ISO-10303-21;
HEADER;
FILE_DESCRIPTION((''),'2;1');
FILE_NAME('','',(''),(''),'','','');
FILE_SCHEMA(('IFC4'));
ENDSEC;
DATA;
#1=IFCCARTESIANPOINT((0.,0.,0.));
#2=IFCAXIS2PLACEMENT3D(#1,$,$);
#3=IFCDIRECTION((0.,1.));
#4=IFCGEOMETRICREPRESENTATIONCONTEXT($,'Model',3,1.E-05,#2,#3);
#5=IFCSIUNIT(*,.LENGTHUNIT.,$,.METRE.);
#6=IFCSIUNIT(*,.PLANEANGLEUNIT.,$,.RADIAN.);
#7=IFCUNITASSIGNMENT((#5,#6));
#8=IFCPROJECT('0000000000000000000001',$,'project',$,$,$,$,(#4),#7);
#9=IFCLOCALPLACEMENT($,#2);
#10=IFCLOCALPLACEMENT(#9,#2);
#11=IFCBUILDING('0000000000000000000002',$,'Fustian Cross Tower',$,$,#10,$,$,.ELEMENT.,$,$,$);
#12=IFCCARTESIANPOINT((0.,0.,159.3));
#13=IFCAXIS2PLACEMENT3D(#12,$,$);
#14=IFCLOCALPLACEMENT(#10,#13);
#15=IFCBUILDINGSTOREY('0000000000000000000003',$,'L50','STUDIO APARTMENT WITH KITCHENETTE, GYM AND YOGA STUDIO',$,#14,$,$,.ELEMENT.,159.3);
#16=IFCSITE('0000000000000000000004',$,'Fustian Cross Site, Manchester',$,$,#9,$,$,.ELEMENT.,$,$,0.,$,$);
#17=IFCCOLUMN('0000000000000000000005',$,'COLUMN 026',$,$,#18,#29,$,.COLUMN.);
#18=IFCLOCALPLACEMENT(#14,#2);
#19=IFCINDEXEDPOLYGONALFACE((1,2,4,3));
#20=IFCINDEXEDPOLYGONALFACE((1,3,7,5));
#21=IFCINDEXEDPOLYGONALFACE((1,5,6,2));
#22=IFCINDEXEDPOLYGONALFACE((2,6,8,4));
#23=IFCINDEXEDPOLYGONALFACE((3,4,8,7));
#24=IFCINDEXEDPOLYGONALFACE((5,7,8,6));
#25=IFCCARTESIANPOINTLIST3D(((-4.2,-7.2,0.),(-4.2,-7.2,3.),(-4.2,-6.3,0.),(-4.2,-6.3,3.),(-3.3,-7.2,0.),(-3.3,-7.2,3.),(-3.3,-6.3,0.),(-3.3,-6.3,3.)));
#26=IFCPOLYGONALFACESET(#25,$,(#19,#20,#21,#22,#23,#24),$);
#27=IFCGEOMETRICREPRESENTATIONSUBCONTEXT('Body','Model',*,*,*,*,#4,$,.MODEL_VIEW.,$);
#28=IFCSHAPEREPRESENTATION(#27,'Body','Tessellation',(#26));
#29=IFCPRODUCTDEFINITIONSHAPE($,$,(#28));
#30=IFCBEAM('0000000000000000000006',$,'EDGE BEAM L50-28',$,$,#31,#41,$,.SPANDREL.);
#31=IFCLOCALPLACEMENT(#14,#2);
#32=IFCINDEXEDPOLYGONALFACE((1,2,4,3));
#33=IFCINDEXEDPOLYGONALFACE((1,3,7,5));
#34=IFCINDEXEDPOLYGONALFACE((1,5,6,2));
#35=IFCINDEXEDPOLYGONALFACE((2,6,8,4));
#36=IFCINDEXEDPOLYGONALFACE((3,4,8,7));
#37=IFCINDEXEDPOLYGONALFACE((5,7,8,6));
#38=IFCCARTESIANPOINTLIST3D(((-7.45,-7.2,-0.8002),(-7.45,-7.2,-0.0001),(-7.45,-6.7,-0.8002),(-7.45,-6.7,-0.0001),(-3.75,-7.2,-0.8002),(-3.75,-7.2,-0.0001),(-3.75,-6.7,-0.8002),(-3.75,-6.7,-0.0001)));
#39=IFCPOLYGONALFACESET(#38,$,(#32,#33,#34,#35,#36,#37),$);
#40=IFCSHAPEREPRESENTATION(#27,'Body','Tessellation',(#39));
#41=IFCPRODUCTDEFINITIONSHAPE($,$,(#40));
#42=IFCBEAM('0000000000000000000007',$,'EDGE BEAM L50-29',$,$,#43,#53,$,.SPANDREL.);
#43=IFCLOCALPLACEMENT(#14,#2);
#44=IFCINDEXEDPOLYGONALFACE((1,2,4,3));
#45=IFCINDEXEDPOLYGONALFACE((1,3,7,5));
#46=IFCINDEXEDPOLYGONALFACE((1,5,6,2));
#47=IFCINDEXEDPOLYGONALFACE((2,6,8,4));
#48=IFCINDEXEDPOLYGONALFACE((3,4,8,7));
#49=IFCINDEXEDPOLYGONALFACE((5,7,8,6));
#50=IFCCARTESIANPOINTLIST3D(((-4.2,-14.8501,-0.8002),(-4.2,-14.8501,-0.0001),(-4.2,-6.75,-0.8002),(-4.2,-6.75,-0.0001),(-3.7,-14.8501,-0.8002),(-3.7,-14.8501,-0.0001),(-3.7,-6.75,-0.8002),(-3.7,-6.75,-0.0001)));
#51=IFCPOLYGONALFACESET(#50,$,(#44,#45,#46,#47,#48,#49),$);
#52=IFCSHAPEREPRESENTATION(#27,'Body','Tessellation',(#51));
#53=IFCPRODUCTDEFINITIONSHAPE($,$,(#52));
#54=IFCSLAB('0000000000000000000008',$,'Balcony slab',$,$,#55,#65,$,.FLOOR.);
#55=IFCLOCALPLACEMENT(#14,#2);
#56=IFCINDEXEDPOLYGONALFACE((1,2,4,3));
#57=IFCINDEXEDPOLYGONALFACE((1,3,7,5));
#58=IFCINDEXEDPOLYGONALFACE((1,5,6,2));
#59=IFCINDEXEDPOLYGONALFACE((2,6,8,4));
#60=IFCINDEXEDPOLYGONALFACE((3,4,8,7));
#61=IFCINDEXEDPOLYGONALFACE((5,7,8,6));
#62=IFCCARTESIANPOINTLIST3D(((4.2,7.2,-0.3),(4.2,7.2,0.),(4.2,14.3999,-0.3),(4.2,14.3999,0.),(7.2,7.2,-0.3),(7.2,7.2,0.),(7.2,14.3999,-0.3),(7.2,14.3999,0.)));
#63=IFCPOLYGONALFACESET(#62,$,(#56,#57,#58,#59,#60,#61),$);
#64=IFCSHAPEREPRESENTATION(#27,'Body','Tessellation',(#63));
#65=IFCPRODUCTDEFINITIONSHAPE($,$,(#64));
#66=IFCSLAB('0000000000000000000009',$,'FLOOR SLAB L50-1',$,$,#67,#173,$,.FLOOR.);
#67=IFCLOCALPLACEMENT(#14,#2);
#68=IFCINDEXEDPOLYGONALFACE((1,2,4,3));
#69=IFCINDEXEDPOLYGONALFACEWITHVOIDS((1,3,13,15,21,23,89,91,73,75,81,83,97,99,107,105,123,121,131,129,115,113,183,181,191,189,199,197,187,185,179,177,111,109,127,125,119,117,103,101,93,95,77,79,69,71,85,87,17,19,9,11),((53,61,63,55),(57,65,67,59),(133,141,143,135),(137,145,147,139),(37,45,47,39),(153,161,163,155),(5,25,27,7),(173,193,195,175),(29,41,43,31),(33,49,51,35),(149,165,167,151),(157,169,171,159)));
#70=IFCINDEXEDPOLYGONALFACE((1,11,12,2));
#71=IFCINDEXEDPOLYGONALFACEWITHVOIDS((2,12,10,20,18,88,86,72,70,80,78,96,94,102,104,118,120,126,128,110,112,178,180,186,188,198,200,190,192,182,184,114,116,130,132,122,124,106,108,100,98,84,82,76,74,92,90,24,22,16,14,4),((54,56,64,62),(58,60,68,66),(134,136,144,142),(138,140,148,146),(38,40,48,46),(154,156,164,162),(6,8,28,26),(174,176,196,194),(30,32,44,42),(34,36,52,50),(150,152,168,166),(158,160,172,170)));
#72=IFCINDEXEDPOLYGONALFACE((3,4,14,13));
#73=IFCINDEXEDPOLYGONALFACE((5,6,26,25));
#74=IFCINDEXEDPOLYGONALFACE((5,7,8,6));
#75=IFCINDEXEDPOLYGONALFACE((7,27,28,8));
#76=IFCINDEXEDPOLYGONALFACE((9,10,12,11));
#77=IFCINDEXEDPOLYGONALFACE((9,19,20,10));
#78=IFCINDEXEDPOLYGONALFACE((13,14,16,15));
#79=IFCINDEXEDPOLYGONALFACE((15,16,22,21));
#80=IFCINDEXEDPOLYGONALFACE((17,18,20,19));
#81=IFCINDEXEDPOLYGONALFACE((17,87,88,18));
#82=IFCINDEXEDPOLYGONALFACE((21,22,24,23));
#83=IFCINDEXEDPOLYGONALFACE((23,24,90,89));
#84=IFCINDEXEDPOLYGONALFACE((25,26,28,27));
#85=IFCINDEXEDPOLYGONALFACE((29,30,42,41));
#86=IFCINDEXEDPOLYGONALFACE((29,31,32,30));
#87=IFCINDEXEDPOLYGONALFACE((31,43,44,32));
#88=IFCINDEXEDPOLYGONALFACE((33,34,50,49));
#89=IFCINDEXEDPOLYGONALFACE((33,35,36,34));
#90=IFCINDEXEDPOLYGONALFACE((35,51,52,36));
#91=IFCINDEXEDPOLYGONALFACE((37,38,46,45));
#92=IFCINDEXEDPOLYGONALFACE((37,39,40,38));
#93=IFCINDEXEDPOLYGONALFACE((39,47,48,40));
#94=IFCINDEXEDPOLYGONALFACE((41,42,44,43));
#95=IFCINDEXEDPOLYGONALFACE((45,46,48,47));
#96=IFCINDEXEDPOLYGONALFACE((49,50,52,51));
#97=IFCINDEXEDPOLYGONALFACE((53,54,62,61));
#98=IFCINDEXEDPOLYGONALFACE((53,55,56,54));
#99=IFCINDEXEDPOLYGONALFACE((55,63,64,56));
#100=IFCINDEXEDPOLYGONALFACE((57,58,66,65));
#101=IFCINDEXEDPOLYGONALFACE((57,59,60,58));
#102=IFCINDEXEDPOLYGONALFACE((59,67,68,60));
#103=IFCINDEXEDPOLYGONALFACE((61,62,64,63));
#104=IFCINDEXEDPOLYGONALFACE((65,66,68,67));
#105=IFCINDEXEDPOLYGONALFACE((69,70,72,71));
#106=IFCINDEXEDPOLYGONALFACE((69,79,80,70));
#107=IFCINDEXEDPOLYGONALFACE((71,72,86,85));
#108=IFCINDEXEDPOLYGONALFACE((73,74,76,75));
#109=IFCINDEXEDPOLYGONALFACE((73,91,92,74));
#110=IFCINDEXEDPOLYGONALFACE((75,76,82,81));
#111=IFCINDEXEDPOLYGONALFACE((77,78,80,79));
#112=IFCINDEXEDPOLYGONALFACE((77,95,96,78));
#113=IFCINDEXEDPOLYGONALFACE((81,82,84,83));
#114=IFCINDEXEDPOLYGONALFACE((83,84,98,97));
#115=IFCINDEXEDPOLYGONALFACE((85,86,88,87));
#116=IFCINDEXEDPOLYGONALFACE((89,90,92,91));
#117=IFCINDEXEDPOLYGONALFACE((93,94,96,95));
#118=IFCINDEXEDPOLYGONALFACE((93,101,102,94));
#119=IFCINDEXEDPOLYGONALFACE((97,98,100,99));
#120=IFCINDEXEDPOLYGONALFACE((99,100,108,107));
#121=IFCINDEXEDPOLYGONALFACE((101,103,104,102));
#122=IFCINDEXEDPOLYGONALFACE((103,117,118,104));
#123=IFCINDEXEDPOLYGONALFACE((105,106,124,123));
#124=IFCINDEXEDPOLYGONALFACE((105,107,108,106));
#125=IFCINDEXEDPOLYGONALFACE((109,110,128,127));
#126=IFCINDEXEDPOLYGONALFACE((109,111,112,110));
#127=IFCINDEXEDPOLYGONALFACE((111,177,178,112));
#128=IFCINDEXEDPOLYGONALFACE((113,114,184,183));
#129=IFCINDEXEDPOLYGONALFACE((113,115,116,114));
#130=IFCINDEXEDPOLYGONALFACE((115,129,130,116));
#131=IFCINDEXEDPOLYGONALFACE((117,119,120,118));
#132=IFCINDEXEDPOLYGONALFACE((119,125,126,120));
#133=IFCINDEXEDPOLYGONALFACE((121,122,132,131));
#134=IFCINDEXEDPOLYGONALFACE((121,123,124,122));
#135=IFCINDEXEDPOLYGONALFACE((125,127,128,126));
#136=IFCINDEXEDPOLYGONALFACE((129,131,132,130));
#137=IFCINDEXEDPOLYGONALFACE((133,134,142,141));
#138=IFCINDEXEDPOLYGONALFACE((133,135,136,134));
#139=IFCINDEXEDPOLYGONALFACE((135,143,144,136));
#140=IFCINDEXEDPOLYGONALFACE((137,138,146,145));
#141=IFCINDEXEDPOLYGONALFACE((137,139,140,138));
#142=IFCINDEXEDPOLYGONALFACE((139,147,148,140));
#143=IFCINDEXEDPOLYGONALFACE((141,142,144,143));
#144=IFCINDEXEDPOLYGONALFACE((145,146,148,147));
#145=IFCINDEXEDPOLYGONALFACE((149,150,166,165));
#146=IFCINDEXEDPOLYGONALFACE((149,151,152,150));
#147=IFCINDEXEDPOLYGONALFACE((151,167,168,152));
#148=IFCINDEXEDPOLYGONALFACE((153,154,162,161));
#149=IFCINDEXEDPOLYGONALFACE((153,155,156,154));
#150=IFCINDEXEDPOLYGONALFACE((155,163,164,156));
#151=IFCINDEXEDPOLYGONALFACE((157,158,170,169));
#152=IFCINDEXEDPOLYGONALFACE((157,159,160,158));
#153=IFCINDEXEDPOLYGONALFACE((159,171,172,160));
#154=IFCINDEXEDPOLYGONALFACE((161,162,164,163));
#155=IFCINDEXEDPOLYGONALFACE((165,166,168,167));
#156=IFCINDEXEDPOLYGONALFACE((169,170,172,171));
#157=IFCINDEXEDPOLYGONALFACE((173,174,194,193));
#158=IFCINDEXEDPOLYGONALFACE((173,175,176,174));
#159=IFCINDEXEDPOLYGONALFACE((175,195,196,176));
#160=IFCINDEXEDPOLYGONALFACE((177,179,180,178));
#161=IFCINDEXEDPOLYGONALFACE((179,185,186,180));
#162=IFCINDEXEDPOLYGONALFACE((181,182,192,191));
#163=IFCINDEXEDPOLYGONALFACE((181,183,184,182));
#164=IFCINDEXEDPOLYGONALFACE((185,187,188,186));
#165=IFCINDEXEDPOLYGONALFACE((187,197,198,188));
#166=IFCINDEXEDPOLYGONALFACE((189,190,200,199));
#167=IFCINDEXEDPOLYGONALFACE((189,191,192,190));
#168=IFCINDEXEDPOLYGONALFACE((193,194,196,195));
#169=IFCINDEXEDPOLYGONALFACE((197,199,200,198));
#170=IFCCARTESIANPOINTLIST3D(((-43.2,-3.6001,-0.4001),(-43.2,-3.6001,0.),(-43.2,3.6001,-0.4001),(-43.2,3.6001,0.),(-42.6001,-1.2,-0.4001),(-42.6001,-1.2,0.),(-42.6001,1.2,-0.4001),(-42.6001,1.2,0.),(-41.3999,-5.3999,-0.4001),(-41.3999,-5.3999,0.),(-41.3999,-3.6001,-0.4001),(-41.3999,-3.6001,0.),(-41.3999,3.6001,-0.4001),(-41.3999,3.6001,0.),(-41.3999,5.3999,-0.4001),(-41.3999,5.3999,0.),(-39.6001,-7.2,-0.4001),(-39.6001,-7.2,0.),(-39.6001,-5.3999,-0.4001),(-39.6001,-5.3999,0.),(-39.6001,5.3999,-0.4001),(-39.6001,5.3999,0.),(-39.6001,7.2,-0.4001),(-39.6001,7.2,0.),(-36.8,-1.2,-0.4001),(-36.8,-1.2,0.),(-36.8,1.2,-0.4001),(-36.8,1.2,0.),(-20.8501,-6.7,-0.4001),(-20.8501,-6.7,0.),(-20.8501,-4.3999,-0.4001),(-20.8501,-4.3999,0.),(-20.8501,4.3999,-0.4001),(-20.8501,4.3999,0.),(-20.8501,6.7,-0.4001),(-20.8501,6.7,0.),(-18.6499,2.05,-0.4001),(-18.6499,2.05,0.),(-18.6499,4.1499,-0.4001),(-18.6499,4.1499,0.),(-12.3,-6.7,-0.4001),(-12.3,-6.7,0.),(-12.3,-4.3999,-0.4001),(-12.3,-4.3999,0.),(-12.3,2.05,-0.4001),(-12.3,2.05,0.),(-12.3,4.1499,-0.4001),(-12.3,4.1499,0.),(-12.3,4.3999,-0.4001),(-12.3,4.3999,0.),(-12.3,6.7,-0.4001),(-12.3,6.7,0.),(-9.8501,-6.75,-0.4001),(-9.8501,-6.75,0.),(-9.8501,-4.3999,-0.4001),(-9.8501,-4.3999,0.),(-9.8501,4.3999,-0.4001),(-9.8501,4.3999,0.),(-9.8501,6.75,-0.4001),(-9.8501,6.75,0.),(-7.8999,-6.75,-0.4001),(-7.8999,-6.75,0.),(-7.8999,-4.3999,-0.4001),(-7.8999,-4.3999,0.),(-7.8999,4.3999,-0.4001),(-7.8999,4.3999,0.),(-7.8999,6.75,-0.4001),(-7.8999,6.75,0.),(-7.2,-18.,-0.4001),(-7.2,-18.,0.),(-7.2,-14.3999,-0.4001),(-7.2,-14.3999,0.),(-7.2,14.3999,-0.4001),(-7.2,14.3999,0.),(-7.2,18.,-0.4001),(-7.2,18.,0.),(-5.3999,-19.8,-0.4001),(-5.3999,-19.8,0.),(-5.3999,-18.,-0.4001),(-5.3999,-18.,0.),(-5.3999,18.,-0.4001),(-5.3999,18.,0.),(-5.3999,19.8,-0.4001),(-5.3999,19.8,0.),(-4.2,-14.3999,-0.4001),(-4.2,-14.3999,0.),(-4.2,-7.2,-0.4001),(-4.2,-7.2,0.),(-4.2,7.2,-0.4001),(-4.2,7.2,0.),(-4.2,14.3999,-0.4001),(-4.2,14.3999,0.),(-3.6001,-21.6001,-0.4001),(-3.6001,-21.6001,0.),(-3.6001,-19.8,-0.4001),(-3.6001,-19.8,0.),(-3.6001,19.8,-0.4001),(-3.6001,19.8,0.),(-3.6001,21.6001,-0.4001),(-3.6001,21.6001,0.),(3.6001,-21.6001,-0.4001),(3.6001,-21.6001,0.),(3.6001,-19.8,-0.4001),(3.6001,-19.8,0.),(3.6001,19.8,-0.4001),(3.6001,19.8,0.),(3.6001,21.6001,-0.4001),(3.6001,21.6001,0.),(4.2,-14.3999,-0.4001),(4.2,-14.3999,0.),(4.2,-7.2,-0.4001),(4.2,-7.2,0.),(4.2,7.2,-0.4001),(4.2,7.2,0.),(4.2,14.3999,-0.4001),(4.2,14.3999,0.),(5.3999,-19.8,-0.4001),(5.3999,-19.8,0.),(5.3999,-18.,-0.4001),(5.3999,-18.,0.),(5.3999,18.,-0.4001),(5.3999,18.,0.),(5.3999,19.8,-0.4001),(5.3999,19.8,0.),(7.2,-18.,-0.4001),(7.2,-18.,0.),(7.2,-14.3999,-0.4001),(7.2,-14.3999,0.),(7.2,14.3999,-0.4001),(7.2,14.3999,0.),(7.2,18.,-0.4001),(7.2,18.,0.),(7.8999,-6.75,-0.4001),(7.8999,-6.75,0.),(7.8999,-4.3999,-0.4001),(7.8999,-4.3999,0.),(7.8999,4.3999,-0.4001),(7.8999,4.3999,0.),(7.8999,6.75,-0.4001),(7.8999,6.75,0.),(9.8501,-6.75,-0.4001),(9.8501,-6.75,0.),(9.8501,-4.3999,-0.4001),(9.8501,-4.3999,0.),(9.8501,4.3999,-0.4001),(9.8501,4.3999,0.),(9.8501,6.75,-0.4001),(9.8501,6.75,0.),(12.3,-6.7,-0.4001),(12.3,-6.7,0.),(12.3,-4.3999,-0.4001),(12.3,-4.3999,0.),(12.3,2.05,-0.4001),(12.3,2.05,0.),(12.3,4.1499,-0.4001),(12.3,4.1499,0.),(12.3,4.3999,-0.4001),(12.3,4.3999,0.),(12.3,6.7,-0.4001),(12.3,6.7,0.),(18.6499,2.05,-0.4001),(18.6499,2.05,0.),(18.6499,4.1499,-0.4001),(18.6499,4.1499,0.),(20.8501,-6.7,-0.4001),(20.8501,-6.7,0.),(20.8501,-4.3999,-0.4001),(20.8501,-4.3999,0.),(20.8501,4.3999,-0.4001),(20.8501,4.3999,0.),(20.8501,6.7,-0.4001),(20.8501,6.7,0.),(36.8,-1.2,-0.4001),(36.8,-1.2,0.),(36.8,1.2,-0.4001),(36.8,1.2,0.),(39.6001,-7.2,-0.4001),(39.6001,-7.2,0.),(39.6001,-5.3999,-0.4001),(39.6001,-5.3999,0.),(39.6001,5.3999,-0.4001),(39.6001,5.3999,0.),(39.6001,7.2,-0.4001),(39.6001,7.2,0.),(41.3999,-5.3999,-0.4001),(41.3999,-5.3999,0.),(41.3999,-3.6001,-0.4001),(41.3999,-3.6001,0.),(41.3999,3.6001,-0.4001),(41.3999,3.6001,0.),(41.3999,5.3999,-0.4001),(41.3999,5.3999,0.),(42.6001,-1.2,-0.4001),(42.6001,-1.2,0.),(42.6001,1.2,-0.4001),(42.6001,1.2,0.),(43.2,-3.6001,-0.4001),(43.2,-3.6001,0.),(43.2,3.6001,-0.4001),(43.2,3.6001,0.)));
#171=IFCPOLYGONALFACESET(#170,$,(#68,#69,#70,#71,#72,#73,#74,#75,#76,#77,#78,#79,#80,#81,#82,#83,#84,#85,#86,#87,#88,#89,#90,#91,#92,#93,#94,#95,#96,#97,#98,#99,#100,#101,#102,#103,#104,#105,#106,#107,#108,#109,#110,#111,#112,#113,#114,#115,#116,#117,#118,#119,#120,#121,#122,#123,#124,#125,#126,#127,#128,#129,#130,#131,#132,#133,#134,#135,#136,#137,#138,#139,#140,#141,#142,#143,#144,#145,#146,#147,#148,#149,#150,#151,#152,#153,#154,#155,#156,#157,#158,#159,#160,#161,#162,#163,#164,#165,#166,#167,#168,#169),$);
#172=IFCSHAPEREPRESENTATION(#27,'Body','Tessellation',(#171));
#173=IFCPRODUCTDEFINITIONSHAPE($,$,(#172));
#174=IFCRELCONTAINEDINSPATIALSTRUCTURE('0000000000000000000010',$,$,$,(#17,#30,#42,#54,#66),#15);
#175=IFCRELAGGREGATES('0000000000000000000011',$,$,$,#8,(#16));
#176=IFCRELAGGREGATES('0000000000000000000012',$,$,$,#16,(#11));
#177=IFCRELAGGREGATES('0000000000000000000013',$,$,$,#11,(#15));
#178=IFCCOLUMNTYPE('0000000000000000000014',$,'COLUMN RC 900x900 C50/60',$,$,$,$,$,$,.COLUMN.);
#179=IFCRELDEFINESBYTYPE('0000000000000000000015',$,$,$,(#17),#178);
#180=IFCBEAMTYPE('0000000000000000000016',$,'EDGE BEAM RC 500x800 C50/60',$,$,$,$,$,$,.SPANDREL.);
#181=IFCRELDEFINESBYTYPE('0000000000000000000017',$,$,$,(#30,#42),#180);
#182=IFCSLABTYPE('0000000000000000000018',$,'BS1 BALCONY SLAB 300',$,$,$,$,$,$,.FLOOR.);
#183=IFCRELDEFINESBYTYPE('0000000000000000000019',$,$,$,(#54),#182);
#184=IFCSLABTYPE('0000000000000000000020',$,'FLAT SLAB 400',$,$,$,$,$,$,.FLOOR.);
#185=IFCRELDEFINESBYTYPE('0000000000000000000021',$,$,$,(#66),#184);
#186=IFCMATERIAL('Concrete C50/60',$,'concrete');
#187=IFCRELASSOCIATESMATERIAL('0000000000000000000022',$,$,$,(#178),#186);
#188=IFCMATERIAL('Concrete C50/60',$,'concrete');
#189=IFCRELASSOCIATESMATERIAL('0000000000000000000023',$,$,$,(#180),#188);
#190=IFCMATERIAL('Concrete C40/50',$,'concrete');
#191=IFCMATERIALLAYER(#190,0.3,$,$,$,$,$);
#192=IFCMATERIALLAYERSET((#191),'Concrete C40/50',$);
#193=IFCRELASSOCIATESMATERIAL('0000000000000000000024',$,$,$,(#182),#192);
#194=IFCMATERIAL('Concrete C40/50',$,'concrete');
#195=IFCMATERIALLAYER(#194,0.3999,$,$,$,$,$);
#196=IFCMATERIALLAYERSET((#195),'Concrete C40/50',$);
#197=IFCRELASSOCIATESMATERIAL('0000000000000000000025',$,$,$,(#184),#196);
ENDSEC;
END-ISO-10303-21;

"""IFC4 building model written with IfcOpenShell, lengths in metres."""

from ifc_helpers import new_model, si_unit, direction, frame, origin, origin_2d, place, context, subcontext, project, spatial, polyline, rectangle, outline, extrude, material, layer, layer_set, material_profile, profile_set, type_object, element, save


model = new_model("IFC4")

# Units and contexts
model_context = context("Model", 3, precision=1e-05, world=origin(), true_north=direction((0.0, 1.0)))
body_context = subcontext(model_context, "Body", "Model", "MODEL_VIEW")
ifc_project = project(units=[si_unit("LENGTHUNIT", "METRE"), si_unit("PLANEANGLEUNIT", "RADIAN")], contexts=[model_context])

# Site, building, storey
site_placement = place(None, origin())
site = spatial("IfcSite", under=ifc_project, at=site_placement, Name="Fustian Cross Site, Manchester", CompositionType="ELEMENT", RefElevation=0.0)
building_placement = place(site_placement, origin())
building = spatial("IfcBuilding", under=site, at=building_placement, Name="Fustian Cross Tower", CompositionType="ELEMENT")
storey_placement = place(building_placement, frame((0.0, 0.0, 159.3)))
storey = spatial("IfcBuildingStorey", under=building, at=storey_placement, Name="L50", Description="STUDIO APARTMENT WITH KITCHENETTE, GYM AND YOGA STUDIO", CompositionType="ELEMENT", Elevation=159.3)

# Column
ifc_material_1 = material(Name="Concrete C50/60", Category="concrete")
ifc_material_profile_1 = material_profile(ifc_material_1, rectangle(XDim=0.8999, YDim=0.8999, at=origin_2d()), Name="RC 900x900")
ifc_profile_set_1 = profile_set([ifc_material_profile_1], Name="Concrete C50/60")
column_type = type_object("IfcColumnType", Name="COLUMN RC 900x900 C50/60", PredefinedType="COLUMN", material=ifc_profile_set_1)
column_placement = place(storey_placement, frame((-3.75, -6.75, 0.0), z_axis=(0.0, 0.0, 1.0), x_axis=(1.0, 0.0, 0.0)))
element("IfcColumn", 1, at=column_placement, inside=storey, type_object=column_type, Name="COLUMN 026", PredefinedType="COLUMN", context=body_context, shape_type="SweptSolid", body=[
    extrude(rectangle(XDim=0.8999, YDim=0.8999, at=origin_2d()), origin(), (0.0, 0.0, 1.0), 3.0),
])

# Beams
ifc_material_2 = material(Name="Concrete C50/60", Category="concrete")
ifc_material_profile_2 = material_profile(ifc_material_2, rectangle(XDim=0.5, YDim=0.8, at=origin_2d()), Name="RC 500x800")
ifc_profile_set_2 = profile_set([ifc_material_profile_2], Name="Concrete C50/60")
beam_type = type_object("IfcBeamType", Name="EDGE BEAM RC 500x800 C50/60", PredefinedType="SPANDREL", material=ifc_profile_set_2)
beam_1_placement = place(storey_placement, frame((-7.45, -6.95, -0.4001), z_axis=(1.0, 0.0, 0.0), x_axis=(0.0, 1.0, 0.0)))
element("IfcBeam", 2, at=beam_1_placement, inside=storey, type_object=beam_type, Name="EDGE BEAM L50-28", PredefinedType="SPANDREL", context=body_context, shape_type="SweptSolid", body=[
    extrude(rectangle(XDim=0.5, YDim=0.8, at=origin_2d()), origin(), (0.0, 0.0, 1.0), 3.7),
])
beam_2_placement = place(storey_placement, frame((-3.95, -6.75, -0.4001), z_axis=(0.0, -1.0, 0.0), x_axis=(1.0, 0.0, 0.0)))
element("IfcBeam", 3, at=beam_2_placement, inside=storey, type_object=beam_type, Name="EDGE BEAM L50-29", PredefinedType="SPANDREL", context=body_context, shape_type="SweptSolid", body=[
    extrude(rectangle(XDim=0.5, YDim=0.8, at=origin_2d()), origin(), (0.0, 0.0, 1.0), 8.1001),
])

# Slabs
ifc_material_3 = material(Name="Concrete C40/50", Category="concrete")
ifc_layer_1 = layer(ifc_material_3, 0.3)
ifc_layer_set_1 = layer_set([ifc_layer_1], Name="Concrete C40/50")
slab_type_1 = type_object("IfcSlabType", Name="BS1 BALCONY SLAB 300", PredefinedType="FLOOR", material=ifc_layer_set_1)
slab_1_placement = place(storey_placement, frame((0.0, 0.0, -0.3)))
element("IfcSlab", 4, at=slab_1_placement, inside=storey, type_object=slab_type_1, Name="Balcony slab", PredefinedType="FLOOR", context=body_context, shape_type="SweptSolid", body=[
    extrude(outline(polyline([(4.2, 7.2), (7.2, 7.2), (7.2, 14.3999), (4.2, 14.3999), (4.2, 7.2)])), origin(), (0.0, 0.0, 1.0), 0.3),
])
ifc_material_4 = material(Name="Concrete C40/50", Category="concrete")
ifc_layer_2 = layer(ifc_material_4, 0.3999)
ifc_layer_set_2 = layer_set([ifc_layer_2], Name="Concrete C40/50")
slab_type_2 = type_object("IfcSlabType", Name="FLAT SLAB 400", PredefinedType="FLOOR", material=ifc_layer_set_2)
slab_2_placement = place(storey_placement, frame((0.0, 0.0, -0.4001)))
element("IfcSlab", 5, at=slab_2_placement, inside=storey, type_object=slab_type_2, Name="FLOOR SLAB L50-1", PredefinedType="FLOOR", context=body_context, shape_type="SweptSolid", body=[
    extrude(outline(polyline([(-5.3999, -18.0), (-7.2, -18.0), (-7.2, -14.3999), (-4.2, -14.3999), (-4.2, -7.2), (-39.6001, -7.2), (-39.6001, -5.3999), (-41.3999, -5.3999), (-41.3999, -3.6001), (-43.2, -3.6001), (-43.2, 3.6001), (-41.3999, 3.6001), (-41.3999, 5.3999), (-39.6001, 5.3999), (-39.6001, 7.2), (-4.2, 7.2), (-4.2, 14.3999), (-7.2, 14.3999), (-7.2, 18.0), (-5.3999, 18.0), (-5.3999, 19.8), (-3.6001, 19.8), (-3.6001, 21.6001), (3.6001, 21.6001), (3.6001, 19.8), (5.3999, 19.8), (5.3999, 18.0), (7.2, 18.0), (7.2, 14.3999), (4.2, 14.3999), (4.2, 7.2), (39.6001, 7.2), (39.6001, 5.3999), (41.3999, 5.3999), (41.3999, 3.6001), (43.2, 3.6001), (43.2, -3.6001), (41.3999, -3.6001), (41.3999, -5.3999), (39.6001, -5.3999), (39.6001, -7.2), (4.2, -7.2), (4.2, -14.3999), (7.2, -14.3999), (7.2, -18.0), (5.3999, -18.0), (5.3999, -19.8), (3.6001, -19.8), (3.6001, -21.6001), (-3.6001, -21.6001), (-3.6001, -19.8), (-5.3999, -19.8), (-5.3999, -18.0)]), holes=[polyline([(9.8501, 4.3999), (9.8501, 6.75), (7.8999, 6.75), (7.8999, 4.3999), (9.8501, 4.3999)]), polyline([(7.8999, -6.75), (9.8501, -6.75), (9.8501, -4.3999), (7.8999, -4.3999), (7.8999, -6.75)]), polyline([(-9.8501, 6.75), (-9.8501, 4.3999), (-7.8999, 4.3999), (-7.8999, 6.75), (-9.8501, 6.75)]), polyline([(-7.8999, -4.3999), (-9.8501, -4.3999), (-9.8501, -6.75), (-7.8999, -6.75), (-7.8999, -4.3999)]), polyline([(18.6499, 2.05), (18.6499, 4.1499), (12.3, 4.1499), (12.3, 2.05), (18.6499, 2.05)]), polyline([(-18.6499, 2.05), (-12.3, 2.05), (-12.3, 4.1499), (-18.6499, 4.1499), (-18.6499, 2.05)]), polyline([(12.3, 6.7), (12.3, 4.3999), (20.8501, 4.3999), (20.8501, 6.7), (12.3, 6.7)]), polyline([(20.8501, -4.3999), (12.3, -4.3999), (12.3, -6.7), (20.8501, -6.7), (20.8501, -4.3999)]), polyline([(-12.3, 4.3999), (-12.3, 6.7), (-20.8501, 6.7), (-20.8501, 4.3999), (-12.3, 4.3999)]), polyline([(-20.8501, -6.7), (-12.3, -6.7), (-12.3, -4.3999), (-20.8501, -4.3999), (-20.8501, -6.7)]), polyline([(36.8, 1.2), (36.8, -1.2), (42.6001, -1.2), (42.6001, 1.2), (36.8, 1.2)]), polyline([(-36.8, 1.2), (-42.6001, 1.2), (-42.6001, -1.2), (-36.8, -1.2), (-36.8, 1.2)])]), origin(), (0.0, 0.0, 1.0), 0.4001),
])

save(model, "model.ifc")
